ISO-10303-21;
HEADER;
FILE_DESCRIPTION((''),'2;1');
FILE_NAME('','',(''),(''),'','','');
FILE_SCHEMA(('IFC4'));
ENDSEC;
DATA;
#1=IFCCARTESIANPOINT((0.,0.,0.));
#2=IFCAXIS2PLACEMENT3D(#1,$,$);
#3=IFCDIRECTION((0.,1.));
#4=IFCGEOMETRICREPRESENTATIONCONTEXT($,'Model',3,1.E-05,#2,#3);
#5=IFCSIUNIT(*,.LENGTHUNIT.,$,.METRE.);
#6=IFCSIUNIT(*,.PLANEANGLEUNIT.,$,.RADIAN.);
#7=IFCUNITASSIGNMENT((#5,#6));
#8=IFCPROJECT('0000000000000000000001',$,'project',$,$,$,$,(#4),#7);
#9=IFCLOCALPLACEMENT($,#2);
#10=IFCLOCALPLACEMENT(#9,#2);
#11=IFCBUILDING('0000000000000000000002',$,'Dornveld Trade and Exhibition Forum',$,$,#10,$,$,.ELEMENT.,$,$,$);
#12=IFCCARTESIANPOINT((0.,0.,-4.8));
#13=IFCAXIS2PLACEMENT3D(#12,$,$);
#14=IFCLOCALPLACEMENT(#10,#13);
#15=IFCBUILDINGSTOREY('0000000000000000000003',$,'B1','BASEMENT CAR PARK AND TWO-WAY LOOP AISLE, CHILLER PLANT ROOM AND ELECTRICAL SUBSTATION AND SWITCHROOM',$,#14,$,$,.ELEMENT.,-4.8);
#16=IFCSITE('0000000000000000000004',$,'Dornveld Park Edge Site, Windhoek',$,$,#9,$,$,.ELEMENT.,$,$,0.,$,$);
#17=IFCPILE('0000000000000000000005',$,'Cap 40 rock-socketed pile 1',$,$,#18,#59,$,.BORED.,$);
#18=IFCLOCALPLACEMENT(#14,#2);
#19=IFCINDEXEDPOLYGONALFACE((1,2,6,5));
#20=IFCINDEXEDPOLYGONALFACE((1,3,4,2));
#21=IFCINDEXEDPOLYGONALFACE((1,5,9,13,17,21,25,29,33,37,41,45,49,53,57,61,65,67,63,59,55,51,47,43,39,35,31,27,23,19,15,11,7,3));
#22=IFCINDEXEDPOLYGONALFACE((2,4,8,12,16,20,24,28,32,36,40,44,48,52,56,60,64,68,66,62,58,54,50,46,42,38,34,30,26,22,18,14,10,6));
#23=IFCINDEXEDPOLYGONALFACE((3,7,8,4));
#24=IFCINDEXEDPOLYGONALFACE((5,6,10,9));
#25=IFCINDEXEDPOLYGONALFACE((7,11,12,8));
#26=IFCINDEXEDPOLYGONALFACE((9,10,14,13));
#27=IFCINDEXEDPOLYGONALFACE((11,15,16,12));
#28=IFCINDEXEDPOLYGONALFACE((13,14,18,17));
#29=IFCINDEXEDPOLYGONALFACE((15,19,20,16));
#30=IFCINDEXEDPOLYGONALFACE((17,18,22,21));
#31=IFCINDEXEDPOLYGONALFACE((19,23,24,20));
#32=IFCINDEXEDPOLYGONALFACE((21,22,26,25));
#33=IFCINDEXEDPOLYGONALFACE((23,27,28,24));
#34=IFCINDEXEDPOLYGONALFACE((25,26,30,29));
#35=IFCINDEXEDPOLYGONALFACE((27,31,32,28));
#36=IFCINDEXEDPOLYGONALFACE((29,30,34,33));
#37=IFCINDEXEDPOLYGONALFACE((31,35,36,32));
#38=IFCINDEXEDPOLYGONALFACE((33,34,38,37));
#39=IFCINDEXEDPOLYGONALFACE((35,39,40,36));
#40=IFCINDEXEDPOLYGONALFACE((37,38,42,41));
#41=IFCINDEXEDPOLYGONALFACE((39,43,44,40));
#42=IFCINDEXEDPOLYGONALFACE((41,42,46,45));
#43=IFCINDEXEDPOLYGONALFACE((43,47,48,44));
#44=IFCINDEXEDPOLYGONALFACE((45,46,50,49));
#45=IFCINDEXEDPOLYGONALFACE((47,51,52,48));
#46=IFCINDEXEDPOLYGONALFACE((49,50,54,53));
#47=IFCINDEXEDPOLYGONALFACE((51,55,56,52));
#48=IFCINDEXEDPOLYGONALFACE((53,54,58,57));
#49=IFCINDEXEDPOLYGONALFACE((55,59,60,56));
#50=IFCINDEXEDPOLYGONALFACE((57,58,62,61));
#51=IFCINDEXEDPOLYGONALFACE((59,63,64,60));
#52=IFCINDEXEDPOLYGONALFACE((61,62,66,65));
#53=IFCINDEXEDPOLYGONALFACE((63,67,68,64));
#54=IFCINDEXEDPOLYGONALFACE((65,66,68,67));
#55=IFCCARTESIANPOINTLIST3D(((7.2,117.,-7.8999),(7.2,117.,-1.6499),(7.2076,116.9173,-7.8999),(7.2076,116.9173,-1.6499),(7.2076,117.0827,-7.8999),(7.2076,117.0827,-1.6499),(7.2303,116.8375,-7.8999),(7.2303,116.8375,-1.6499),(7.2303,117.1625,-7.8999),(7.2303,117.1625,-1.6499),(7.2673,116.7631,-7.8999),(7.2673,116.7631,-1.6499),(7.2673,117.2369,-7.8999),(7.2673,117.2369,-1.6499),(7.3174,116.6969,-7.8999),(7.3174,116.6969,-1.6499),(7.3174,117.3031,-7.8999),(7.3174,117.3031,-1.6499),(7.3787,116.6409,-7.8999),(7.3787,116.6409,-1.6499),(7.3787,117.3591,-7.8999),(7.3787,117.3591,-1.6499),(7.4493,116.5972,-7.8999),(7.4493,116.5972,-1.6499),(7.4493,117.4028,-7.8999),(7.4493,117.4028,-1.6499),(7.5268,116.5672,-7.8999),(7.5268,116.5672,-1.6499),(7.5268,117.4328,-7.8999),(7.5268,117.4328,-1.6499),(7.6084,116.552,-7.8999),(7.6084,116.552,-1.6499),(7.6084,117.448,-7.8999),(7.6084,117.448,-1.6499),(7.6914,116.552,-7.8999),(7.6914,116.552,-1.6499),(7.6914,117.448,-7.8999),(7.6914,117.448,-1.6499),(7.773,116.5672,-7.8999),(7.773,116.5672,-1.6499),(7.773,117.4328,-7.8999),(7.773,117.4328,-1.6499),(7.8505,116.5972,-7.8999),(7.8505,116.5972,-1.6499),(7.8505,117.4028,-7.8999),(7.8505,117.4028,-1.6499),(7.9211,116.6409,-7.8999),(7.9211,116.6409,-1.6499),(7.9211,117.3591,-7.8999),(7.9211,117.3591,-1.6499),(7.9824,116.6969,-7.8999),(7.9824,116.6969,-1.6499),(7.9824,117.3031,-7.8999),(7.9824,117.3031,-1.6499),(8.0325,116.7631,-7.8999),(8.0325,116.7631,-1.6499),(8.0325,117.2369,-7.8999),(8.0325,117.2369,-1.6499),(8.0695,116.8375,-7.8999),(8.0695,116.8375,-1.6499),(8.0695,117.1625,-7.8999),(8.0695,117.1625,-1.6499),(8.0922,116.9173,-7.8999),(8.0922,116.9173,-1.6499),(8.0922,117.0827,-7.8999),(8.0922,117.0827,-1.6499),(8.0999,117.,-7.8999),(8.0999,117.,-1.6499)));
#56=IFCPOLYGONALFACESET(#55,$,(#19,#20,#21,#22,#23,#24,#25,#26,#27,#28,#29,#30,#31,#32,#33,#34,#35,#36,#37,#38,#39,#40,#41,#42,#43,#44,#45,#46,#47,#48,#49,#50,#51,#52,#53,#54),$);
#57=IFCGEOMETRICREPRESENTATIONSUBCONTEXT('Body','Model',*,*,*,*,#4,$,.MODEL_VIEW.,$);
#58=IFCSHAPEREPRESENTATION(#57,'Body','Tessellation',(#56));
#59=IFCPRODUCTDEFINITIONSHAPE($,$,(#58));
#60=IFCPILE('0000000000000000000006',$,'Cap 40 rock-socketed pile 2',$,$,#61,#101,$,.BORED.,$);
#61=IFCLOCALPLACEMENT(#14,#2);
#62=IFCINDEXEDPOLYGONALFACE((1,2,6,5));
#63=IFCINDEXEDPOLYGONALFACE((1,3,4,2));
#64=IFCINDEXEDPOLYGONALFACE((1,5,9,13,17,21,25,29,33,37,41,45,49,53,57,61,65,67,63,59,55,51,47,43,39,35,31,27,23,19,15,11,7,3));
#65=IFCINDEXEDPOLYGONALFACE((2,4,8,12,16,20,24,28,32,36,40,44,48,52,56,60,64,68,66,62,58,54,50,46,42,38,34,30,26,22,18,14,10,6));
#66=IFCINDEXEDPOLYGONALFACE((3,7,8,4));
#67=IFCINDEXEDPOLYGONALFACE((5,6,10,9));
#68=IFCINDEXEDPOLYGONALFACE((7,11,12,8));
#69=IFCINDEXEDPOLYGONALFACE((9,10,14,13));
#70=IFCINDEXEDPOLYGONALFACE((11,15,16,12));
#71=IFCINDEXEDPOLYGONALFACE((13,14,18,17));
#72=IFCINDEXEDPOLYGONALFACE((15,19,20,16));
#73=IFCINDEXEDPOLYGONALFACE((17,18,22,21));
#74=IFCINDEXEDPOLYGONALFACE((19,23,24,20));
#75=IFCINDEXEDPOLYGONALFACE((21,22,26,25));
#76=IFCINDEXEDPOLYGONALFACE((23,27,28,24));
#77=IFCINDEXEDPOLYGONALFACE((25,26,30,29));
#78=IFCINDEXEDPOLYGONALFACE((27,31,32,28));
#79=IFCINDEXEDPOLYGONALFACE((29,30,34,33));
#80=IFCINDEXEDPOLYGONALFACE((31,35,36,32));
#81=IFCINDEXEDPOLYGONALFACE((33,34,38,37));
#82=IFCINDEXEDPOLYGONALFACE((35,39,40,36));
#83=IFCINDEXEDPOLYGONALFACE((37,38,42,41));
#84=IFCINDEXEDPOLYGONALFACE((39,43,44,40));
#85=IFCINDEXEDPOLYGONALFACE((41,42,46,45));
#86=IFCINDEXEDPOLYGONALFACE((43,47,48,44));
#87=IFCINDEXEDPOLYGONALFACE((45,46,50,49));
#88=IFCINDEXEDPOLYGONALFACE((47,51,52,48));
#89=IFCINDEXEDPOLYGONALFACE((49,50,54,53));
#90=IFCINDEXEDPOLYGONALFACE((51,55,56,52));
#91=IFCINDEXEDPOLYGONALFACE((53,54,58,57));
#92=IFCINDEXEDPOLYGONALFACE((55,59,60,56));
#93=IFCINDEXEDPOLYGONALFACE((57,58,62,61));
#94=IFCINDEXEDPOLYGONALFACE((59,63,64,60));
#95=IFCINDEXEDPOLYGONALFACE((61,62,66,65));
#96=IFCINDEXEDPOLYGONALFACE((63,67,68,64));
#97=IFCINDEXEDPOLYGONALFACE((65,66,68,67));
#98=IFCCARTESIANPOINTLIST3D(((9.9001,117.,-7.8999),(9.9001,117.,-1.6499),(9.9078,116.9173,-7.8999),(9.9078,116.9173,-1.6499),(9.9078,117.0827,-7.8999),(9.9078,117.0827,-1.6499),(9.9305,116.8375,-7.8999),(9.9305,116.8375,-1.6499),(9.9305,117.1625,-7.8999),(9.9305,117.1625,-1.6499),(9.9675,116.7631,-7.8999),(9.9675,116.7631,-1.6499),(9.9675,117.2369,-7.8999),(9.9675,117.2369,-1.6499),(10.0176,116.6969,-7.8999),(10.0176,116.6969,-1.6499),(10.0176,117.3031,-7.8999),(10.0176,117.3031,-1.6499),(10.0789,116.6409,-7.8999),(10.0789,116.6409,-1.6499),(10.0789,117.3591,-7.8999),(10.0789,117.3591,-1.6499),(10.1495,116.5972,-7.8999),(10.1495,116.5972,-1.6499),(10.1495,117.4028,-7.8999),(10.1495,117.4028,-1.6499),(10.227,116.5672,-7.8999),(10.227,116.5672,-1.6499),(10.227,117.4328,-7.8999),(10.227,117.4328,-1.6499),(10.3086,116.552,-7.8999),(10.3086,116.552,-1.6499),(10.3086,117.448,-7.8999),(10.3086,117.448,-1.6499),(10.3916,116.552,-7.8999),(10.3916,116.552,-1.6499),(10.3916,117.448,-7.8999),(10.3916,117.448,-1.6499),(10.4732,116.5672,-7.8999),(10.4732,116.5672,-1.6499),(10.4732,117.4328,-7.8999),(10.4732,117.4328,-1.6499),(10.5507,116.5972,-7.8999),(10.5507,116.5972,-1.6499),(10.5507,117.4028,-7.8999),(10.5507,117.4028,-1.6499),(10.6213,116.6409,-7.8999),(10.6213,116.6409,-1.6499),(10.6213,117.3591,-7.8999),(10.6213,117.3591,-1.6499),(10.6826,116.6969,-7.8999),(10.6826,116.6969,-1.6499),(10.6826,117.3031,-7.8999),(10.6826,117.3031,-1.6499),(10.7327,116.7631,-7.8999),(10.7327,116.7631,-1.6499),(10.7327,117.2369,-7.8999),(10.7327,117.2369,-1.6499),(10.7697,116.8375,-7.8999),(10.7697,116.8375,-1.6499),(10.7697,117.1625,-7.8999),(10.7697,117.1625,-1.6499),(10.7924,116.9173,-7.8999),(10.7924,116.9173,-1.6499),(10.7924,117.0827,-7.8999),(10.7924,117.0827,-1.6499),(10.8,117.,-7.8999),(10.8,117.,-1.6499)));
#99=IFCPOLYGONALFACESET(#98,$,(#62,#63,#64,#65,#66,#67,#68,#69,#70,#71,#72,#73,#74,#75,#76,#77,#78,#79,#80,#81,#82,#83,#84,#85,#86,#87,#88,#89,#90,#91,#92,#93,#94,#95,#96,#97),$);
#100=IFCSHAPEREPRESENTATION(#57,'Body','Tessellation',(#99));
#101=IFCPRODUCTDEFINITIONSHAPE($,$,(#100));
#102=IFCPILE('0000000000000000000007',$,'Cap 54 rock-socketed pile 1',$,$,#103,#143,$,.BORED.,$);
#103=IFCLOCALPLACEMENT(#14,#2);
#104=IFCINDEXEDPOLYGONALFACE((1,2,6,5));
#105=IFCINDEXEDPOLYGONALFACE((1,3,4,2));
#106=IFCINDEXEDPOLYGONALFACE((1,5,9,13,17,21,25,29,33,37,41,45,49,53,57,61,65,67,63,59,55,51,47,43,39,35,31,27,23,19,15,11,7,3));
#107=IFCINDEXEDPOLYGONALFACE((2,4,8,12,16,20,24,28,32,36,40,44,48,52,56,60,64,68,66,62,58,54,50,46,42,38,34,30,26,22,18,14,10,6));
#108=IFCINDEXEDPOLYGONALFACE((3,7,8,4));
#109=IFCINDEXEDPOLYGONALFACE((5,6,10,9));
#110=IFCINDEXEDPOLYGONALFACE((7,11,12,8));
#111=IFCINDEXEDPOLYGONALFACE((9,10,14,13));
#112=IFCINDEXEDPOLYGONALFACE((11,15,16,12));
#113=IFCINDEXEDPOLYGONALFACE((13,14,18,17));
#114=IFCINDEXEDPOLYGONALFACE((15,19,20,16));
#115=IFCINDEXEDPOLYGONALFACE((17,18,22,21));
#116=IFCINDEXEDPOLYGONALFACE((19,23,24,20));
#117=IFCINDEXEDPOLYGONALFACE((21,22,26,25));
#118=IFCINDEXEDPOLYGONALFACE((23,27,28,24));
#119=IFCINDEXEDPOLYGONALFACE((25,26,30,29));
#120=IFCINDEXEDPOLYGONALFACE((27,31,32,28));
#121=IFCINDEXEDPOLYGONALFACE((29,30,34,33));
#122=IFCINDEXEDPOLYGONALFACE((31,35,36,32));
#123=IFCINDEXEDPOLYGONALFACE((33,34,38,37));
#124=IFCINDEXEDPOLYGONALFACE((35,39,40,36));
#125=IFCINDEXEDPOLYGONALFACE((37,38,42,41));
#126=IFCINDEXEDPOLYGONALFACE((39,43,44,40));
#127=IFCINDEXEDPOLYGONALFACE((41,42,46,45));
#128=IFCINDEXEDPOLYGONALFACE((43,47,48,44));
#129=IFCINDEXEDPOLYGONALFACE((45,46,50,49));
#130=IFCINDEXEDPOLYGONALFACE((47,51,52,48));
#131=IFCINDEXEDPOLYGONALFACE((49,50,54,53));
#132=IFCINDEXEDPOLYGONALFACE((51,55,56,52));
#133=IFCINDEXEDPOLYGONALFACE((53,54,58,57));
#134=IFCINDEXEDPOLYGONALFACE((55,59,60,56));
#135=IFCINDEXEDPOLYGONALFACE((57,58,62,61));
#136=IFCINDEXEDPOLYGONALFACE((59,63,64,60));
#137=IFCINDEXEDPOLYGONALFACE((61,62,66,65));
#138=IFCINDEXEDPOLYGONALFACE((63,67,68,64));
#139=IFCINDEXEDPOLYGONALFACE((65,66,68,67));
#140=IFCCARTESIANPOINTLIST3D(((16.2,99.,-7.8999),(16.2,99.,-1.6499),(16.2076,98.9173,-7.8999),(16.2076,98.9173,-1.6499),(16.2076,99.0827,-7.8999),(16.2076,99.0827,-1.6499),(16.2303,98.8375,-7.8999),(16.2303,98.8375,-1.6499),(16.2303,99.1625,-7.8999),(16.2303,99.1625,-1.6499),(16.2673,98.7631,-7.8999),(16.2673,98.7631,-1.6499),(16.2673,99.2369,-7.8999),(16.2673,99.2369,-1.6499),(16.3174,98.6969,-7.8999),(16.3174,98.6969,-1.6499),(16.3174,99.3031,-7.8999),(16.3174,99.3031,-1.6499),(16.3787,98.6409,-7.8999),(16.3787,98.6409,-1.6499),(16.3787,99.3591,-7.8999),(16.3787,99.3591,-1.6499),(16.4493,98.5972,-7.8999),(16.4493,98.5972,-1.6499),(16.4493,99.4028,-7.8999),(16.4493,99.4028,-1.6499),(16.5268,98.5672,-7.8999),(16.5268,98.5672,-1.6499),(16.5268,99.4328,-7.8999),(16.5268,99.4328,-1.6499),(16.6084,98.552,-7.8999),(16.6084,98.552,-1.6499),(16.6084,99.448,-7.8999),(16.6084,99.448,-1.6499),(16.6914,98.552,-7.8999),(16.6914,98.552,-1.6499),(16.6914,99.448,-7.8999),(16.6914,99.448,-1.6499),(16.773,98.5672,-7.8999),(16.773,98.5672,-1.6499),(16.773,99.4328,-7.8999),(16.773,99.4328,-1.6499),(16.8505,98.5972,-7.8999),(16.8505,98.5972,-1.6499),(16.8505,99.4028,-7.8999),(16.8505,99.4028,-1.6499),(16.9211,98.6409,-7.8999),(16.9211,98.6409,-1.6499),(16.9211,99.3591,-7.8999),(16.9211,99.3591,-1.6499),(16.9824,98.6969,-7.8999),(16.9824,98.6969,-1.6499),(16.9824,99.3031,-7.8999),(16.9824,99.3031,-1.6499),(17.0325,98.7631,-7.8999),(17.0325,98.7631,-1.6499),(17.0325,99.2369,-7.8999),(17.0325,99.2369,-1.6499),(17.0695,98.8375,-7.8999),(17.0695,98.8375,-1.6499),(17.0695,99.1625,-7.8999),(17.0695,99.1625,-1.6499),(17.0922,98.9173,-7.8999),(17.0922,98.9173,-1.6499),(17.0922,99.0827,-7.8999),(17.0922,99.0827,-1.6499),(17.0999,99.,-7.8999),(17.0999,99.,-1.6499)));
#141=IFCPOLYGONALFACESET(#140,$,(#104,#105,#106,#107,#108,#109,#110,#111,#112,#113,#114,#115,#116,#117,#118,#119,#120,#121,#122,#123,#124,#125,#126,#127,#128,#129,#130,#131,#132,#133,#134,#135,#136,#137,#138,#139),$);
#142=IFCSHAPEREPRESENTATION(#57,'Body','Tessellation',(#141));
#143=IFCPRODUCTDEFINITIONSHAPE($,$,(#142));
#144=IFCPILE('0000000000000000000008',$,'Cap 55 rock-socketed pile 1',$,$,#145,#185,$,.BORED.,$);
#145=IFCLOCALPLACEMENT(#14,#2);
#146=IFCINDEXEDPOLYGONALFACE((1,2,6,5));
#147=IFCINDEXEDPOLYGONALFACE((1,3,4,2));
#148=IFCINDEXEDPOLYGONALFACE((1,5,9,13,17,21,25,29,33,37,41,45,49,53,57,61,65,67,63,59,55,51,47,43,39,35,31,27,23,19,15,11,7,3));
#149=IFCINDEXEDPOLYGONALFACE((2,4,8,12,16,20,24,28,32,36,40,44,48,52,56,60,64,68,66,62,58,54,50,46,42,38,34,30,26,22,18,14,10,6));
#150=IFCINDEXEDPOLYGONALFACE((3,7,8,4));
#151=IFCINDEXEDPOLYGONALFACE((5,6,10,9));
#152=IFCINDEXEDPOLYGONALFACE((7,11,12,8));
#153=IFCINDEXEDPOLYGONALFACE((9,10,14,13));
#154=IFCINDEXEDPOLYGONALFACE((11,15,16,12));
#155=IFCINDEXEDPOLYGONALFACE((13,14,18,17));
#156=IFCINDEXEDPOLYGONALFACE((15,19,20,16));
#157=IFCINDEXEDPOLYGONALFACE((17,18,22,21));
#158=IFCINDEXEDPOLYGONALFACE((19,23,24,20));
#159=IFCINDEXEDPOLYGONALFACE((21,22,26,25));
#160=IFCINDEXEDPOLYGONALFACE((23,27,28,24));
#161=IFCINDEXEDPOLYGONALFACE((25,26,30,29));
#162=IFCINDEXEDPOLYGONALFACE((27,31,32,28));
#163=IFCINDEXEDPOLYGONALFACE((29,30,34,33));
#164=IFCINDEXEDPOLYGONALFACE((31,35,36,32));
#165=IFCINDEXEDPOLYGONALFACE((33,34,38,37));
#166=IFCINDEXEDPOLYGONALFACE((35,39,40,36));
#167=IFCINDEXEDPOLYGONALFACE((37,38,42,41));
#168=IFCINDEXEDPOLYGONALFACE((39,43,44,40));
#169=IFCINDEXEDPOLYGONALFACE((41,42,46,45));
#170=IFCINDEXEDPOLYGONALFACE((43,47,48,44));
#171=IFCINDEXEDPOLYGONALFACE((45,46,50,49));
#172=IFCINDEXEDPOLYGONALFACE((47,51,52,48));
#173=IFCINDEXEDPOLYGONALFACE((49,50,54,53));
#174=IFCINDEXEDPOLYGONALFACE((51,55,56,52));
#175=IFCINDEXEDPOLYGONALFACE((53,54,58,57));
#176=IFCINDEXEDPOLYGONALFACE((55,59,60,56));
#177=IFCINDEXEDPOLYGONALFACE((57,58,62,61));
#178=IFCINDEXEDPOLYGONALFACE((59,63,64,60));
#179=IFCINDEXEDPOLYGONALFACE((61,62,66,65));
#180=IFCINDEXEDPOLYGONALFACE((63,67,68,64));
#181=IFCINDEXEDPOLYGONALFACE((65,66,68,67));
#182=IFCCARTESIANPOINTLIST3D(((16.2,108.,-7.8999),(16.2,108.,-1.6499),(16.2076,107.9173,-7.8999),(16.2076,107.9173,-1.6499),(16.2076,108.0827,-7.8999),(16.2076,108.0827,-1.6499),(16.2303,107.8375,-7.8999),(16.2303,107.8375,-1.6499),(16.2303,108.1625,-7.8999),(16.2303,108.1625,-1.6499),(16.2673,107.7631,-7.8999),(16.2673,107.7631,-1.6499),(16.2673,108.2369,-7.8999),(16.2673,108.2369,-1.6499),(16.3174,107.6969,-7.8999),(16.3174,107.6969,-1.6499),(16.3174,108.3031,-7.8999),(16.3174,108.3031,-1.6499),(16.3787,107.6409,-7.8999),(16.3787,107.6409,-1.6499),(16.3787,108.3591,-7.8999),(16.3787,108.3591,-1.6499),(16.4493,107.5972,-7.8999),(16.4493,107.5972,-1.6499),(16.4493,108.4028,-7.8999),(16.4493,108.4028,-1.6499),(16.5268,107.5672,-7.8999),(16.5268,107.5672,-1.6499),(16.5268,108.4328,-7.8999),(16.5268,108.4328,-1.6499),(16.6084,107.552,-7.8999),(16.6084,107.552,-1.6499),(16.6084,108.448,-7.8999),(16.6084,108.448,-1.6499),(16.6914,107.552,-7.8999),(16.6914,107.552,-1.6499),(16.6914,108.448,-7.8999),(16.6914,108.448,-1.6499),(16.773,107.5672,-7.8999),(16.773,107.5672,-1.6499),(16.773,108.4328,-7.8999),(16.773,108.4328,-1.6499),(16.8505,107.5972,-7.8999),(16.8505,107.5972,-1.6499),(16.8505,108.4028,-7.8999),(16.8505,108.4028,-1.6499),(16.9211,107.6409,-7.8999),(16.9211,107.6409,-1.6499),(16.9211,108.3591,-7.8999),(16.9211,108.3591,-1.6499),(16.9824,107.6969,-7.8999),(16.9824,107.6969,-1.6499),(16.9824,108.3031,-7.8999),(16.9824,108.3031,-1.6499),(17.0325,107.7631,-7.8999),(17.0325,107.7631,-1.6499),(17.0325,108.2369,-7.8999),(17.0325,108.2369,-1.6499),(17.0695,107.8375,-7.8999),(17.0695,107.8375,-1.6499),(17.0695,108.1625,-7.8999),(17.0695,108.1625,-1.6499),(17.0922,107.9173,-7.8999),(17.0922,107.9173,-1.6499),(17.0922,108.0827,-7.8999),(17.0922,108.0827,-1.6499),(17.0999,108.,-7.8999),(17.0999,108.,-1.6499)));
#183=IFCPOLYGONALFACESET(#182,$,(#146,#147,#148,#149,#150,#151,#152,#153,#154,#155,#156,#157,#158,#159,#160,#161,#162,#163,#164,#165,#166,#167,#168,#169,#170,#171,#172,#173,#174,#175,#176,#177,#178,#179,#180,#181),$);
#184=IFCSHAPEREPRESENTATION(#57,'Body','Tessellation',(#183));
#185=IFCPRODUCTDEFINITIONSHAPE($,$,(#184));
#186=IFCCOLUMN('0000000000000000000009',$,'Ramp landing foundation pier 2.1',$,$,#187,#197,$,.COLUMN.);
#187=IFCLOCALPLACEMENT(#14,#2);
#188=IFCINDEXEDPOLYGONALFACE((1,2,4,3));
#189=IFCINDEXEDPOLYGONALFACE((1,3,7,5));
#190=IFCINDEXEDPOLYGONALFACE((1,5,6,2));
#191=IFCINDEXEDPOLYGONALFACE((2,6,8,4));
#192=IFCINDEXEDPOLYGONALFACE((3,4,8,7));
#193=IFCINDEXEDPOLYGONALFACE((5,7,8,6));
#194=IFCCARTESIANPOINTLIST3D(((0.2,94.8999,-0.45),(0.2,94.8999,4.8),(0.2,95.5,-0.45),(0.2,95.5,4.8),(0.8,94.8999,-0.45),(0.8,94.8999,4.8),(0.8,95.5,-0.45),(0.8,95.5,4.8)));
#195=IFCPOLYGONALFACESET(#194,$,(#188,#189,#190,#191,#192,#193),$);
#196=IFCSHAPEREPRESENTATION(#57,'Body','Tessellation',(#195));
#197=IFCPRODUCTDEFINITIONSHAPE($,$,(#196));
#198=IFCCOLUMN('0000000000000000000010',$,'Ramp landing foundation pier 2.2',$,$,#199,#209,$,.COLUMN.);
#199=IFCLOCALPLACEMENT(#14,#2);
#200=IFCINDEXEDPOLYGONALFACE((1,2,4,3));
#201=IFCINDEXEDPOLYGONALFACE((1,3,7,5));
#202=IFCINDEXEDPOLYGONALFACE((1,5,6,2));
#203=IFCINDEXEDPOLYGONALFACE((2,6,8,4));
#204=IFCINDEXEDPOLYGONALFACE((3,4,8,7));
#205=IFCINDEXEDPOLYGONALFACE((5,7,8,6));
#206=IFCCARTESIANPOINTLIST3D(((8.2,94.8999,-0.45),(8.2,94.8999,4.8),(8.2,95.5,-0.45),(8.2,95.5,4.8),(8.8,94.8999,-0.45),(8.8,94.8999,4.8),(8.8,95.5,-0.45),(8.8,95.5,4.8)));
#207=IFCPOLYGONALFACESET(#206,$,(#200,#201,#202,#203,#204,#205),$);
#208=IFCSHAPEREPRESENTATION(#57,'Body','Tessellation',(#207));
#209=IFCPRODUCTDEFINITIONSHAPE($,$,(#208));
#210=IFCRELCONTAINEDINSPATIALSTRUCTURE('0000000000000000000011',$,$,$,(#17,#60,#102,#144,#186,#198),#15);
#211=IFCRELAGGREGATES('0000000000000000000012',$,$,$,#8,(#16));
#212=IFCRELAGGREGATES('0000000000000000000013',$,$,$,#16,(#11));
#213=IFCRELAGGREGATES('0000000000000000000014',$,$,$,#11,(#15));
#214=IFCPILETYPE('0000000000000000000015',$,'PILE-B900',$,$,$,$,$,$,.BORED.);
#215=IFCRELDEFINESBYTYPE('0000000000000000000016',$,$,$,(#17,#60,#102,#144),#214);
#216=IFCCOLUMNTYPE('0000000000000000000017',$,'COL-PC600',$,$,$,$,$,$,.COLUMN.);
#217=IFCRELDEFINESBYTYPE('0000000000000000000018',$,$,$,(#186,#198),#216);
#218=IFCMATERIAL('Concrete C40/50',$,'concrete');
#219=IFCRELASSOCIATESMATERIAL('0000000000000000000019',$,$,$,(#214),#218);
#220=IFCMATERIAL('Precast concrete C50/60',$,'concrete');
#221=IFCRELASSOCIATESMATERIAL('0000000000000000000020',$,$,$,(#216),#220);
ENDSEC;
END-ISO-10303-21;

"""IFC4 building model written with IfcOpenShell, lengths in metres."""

from ifc_helpers import new_model, si_unit, direction, frame, origin, origin_2d, place, context, subcontext, project, spatial, rectangle, circle, extrude, material, material_profile, profile_set, type_object, element, save


model = new_model("IFC4")

# Units and contexts
model_context = context("Model", 3, precision=1e-05, world=origin(), true_north=direction((0.0, 1.0)))
body_context = subcontext(model_context, "Body", "Model", "MODEL_VIEW")
ifc_project = project(units=[si_unit("LENGTHUNIT", "METRE"), si_unit("PLANEANGLEUNIT", "RADIAN")], contexts=[model_context])

# Site, building, storey
site_placement = place(None, origin())
site = spatial("IfcSite", under=ifc_project, at=site_placement, Name="Dornveld Park Edge Site, Windhoek", CompositionType="ELEMENT", RefElevation=0.0)
building_placement = place(site_placement, origin())
building = spatial("IfcBuilding", under=site, at=building_placement, Name="Dornveld Trade and Exhibition Forum", CompositionType="ELEMENT")
storey_placement = place(building_placement, frame((0.0, 0.0, -4.8)))
storey = spatial("IfcBuildingStorey", under=building, at=storey_placement, Name="B1", Description="BASEMENT CAR PARK AND TWO-WAY LOOP AISLE, CHILLER PLANT ROOM AND ELECTRICAL SUBSTATION AND SWITCHROOM", CompositionType="ELEMENT", Elevation=-4.8)

# Piles
ifc_material_1 = material(Name="Concrete C40/50", Category="concrete")
ifc_material_profile_1 = material_profile(ifc_material_1, circle(Radius=0.45, at=origin_2d()), Name="PILE D900")
ifc_profile_set_1 = profile_set([ifc_material_profile_1], Name="Concrete C40/50")
pile_type = type_object("IfcPileType", Name="PILE-B900", PredefinedType="BORED", material=ifc_profile_set_1)
for number, where, z_axis, x_axis, name in (
    (1, (7.6499, 117.0, -1.6499), (0.0, 0.0, -1.0), (1.0, 0.0, 0.0), "Cap 40 rock-socketed pile 1"),
    (2, (10.3501, 117.0, -1.6499), (0.0, 0.0, -1.0), (1.0, 0.0, 0.0), "Cap 40 rock-socketed pile 2"),
    (3, (16.6499, 99.0, -1.6499), (0.0, 0.0, -1.0), (1.0, 0.0, 0.0), "Cap 54 rock-socketed pile 1"),
    (4, (16.6499, 108.0, -1.6499), (0.0, 0.0, -1.0), (1.0, 0.0, 0.0), "Cap 55 rock-socketed pile 1"),
):
    element("IfcPile", number, at=place(storey_placement, frame(where, z_axis=z_axis, x_axis=x_axis)), inside=storey, type_object=pile_type, Name=name, PredefinedType="BORED", context=body_context, shape_type="SweptSolid", body=[
        extrude(circle(Radius=0.45, at=origin_2d()), origin(), (0.0, 0.0, 1.0), 6.25),
    ])

# Columns
ifc_material_2 = material(Name="Precast concrete C50/60", Category="concrete")
ifc_material_profile_2 = material_profile(ifc_material_2, rectangle(XDim=0.6001, YDim=0.6001, at=origin_2d()), Name="PC-COL 600x600")
ifc_profile_set_2 = profile_set([ifc_material_profile_2], Name="Precast concrete C50/60")
column_type_1 = type_object("IfcColumnType", Name="COL-PC600", PredefinedType="COLUMN", material=ifc_profile_set_2)
for number, where, z_axis, x_axis, name in (
    (5, (0.5, 95.2, -0.45), (0.0, 0.0, 1.0), (1.0, 0.0, 0.0), "Ramp landing foundation pier 2.1"),
    (6, (8.5, 95.2, -0.45), (0.0, 0.0, 1.0), (1.0, 0.0, 0.0), "Ramp landing foundation pier 2.2"),
):
    element("IfcColumn", number, at=place(storey_placement, frame(where, z_axis=z_axis, x_axis=x_axis)), inside=storey, type_object=column_type_1, Name=name, PredefinedType="COLUMN", context=body_context, shape_type="SweptSolid", body=[
        extrude(rectangle(XDim=0.6001, YDim=0.6001, at=origin_2d()), origin(), (0.0, 0.0, 1.0), 5.25),
    ])

save(model, "model.ifc")
